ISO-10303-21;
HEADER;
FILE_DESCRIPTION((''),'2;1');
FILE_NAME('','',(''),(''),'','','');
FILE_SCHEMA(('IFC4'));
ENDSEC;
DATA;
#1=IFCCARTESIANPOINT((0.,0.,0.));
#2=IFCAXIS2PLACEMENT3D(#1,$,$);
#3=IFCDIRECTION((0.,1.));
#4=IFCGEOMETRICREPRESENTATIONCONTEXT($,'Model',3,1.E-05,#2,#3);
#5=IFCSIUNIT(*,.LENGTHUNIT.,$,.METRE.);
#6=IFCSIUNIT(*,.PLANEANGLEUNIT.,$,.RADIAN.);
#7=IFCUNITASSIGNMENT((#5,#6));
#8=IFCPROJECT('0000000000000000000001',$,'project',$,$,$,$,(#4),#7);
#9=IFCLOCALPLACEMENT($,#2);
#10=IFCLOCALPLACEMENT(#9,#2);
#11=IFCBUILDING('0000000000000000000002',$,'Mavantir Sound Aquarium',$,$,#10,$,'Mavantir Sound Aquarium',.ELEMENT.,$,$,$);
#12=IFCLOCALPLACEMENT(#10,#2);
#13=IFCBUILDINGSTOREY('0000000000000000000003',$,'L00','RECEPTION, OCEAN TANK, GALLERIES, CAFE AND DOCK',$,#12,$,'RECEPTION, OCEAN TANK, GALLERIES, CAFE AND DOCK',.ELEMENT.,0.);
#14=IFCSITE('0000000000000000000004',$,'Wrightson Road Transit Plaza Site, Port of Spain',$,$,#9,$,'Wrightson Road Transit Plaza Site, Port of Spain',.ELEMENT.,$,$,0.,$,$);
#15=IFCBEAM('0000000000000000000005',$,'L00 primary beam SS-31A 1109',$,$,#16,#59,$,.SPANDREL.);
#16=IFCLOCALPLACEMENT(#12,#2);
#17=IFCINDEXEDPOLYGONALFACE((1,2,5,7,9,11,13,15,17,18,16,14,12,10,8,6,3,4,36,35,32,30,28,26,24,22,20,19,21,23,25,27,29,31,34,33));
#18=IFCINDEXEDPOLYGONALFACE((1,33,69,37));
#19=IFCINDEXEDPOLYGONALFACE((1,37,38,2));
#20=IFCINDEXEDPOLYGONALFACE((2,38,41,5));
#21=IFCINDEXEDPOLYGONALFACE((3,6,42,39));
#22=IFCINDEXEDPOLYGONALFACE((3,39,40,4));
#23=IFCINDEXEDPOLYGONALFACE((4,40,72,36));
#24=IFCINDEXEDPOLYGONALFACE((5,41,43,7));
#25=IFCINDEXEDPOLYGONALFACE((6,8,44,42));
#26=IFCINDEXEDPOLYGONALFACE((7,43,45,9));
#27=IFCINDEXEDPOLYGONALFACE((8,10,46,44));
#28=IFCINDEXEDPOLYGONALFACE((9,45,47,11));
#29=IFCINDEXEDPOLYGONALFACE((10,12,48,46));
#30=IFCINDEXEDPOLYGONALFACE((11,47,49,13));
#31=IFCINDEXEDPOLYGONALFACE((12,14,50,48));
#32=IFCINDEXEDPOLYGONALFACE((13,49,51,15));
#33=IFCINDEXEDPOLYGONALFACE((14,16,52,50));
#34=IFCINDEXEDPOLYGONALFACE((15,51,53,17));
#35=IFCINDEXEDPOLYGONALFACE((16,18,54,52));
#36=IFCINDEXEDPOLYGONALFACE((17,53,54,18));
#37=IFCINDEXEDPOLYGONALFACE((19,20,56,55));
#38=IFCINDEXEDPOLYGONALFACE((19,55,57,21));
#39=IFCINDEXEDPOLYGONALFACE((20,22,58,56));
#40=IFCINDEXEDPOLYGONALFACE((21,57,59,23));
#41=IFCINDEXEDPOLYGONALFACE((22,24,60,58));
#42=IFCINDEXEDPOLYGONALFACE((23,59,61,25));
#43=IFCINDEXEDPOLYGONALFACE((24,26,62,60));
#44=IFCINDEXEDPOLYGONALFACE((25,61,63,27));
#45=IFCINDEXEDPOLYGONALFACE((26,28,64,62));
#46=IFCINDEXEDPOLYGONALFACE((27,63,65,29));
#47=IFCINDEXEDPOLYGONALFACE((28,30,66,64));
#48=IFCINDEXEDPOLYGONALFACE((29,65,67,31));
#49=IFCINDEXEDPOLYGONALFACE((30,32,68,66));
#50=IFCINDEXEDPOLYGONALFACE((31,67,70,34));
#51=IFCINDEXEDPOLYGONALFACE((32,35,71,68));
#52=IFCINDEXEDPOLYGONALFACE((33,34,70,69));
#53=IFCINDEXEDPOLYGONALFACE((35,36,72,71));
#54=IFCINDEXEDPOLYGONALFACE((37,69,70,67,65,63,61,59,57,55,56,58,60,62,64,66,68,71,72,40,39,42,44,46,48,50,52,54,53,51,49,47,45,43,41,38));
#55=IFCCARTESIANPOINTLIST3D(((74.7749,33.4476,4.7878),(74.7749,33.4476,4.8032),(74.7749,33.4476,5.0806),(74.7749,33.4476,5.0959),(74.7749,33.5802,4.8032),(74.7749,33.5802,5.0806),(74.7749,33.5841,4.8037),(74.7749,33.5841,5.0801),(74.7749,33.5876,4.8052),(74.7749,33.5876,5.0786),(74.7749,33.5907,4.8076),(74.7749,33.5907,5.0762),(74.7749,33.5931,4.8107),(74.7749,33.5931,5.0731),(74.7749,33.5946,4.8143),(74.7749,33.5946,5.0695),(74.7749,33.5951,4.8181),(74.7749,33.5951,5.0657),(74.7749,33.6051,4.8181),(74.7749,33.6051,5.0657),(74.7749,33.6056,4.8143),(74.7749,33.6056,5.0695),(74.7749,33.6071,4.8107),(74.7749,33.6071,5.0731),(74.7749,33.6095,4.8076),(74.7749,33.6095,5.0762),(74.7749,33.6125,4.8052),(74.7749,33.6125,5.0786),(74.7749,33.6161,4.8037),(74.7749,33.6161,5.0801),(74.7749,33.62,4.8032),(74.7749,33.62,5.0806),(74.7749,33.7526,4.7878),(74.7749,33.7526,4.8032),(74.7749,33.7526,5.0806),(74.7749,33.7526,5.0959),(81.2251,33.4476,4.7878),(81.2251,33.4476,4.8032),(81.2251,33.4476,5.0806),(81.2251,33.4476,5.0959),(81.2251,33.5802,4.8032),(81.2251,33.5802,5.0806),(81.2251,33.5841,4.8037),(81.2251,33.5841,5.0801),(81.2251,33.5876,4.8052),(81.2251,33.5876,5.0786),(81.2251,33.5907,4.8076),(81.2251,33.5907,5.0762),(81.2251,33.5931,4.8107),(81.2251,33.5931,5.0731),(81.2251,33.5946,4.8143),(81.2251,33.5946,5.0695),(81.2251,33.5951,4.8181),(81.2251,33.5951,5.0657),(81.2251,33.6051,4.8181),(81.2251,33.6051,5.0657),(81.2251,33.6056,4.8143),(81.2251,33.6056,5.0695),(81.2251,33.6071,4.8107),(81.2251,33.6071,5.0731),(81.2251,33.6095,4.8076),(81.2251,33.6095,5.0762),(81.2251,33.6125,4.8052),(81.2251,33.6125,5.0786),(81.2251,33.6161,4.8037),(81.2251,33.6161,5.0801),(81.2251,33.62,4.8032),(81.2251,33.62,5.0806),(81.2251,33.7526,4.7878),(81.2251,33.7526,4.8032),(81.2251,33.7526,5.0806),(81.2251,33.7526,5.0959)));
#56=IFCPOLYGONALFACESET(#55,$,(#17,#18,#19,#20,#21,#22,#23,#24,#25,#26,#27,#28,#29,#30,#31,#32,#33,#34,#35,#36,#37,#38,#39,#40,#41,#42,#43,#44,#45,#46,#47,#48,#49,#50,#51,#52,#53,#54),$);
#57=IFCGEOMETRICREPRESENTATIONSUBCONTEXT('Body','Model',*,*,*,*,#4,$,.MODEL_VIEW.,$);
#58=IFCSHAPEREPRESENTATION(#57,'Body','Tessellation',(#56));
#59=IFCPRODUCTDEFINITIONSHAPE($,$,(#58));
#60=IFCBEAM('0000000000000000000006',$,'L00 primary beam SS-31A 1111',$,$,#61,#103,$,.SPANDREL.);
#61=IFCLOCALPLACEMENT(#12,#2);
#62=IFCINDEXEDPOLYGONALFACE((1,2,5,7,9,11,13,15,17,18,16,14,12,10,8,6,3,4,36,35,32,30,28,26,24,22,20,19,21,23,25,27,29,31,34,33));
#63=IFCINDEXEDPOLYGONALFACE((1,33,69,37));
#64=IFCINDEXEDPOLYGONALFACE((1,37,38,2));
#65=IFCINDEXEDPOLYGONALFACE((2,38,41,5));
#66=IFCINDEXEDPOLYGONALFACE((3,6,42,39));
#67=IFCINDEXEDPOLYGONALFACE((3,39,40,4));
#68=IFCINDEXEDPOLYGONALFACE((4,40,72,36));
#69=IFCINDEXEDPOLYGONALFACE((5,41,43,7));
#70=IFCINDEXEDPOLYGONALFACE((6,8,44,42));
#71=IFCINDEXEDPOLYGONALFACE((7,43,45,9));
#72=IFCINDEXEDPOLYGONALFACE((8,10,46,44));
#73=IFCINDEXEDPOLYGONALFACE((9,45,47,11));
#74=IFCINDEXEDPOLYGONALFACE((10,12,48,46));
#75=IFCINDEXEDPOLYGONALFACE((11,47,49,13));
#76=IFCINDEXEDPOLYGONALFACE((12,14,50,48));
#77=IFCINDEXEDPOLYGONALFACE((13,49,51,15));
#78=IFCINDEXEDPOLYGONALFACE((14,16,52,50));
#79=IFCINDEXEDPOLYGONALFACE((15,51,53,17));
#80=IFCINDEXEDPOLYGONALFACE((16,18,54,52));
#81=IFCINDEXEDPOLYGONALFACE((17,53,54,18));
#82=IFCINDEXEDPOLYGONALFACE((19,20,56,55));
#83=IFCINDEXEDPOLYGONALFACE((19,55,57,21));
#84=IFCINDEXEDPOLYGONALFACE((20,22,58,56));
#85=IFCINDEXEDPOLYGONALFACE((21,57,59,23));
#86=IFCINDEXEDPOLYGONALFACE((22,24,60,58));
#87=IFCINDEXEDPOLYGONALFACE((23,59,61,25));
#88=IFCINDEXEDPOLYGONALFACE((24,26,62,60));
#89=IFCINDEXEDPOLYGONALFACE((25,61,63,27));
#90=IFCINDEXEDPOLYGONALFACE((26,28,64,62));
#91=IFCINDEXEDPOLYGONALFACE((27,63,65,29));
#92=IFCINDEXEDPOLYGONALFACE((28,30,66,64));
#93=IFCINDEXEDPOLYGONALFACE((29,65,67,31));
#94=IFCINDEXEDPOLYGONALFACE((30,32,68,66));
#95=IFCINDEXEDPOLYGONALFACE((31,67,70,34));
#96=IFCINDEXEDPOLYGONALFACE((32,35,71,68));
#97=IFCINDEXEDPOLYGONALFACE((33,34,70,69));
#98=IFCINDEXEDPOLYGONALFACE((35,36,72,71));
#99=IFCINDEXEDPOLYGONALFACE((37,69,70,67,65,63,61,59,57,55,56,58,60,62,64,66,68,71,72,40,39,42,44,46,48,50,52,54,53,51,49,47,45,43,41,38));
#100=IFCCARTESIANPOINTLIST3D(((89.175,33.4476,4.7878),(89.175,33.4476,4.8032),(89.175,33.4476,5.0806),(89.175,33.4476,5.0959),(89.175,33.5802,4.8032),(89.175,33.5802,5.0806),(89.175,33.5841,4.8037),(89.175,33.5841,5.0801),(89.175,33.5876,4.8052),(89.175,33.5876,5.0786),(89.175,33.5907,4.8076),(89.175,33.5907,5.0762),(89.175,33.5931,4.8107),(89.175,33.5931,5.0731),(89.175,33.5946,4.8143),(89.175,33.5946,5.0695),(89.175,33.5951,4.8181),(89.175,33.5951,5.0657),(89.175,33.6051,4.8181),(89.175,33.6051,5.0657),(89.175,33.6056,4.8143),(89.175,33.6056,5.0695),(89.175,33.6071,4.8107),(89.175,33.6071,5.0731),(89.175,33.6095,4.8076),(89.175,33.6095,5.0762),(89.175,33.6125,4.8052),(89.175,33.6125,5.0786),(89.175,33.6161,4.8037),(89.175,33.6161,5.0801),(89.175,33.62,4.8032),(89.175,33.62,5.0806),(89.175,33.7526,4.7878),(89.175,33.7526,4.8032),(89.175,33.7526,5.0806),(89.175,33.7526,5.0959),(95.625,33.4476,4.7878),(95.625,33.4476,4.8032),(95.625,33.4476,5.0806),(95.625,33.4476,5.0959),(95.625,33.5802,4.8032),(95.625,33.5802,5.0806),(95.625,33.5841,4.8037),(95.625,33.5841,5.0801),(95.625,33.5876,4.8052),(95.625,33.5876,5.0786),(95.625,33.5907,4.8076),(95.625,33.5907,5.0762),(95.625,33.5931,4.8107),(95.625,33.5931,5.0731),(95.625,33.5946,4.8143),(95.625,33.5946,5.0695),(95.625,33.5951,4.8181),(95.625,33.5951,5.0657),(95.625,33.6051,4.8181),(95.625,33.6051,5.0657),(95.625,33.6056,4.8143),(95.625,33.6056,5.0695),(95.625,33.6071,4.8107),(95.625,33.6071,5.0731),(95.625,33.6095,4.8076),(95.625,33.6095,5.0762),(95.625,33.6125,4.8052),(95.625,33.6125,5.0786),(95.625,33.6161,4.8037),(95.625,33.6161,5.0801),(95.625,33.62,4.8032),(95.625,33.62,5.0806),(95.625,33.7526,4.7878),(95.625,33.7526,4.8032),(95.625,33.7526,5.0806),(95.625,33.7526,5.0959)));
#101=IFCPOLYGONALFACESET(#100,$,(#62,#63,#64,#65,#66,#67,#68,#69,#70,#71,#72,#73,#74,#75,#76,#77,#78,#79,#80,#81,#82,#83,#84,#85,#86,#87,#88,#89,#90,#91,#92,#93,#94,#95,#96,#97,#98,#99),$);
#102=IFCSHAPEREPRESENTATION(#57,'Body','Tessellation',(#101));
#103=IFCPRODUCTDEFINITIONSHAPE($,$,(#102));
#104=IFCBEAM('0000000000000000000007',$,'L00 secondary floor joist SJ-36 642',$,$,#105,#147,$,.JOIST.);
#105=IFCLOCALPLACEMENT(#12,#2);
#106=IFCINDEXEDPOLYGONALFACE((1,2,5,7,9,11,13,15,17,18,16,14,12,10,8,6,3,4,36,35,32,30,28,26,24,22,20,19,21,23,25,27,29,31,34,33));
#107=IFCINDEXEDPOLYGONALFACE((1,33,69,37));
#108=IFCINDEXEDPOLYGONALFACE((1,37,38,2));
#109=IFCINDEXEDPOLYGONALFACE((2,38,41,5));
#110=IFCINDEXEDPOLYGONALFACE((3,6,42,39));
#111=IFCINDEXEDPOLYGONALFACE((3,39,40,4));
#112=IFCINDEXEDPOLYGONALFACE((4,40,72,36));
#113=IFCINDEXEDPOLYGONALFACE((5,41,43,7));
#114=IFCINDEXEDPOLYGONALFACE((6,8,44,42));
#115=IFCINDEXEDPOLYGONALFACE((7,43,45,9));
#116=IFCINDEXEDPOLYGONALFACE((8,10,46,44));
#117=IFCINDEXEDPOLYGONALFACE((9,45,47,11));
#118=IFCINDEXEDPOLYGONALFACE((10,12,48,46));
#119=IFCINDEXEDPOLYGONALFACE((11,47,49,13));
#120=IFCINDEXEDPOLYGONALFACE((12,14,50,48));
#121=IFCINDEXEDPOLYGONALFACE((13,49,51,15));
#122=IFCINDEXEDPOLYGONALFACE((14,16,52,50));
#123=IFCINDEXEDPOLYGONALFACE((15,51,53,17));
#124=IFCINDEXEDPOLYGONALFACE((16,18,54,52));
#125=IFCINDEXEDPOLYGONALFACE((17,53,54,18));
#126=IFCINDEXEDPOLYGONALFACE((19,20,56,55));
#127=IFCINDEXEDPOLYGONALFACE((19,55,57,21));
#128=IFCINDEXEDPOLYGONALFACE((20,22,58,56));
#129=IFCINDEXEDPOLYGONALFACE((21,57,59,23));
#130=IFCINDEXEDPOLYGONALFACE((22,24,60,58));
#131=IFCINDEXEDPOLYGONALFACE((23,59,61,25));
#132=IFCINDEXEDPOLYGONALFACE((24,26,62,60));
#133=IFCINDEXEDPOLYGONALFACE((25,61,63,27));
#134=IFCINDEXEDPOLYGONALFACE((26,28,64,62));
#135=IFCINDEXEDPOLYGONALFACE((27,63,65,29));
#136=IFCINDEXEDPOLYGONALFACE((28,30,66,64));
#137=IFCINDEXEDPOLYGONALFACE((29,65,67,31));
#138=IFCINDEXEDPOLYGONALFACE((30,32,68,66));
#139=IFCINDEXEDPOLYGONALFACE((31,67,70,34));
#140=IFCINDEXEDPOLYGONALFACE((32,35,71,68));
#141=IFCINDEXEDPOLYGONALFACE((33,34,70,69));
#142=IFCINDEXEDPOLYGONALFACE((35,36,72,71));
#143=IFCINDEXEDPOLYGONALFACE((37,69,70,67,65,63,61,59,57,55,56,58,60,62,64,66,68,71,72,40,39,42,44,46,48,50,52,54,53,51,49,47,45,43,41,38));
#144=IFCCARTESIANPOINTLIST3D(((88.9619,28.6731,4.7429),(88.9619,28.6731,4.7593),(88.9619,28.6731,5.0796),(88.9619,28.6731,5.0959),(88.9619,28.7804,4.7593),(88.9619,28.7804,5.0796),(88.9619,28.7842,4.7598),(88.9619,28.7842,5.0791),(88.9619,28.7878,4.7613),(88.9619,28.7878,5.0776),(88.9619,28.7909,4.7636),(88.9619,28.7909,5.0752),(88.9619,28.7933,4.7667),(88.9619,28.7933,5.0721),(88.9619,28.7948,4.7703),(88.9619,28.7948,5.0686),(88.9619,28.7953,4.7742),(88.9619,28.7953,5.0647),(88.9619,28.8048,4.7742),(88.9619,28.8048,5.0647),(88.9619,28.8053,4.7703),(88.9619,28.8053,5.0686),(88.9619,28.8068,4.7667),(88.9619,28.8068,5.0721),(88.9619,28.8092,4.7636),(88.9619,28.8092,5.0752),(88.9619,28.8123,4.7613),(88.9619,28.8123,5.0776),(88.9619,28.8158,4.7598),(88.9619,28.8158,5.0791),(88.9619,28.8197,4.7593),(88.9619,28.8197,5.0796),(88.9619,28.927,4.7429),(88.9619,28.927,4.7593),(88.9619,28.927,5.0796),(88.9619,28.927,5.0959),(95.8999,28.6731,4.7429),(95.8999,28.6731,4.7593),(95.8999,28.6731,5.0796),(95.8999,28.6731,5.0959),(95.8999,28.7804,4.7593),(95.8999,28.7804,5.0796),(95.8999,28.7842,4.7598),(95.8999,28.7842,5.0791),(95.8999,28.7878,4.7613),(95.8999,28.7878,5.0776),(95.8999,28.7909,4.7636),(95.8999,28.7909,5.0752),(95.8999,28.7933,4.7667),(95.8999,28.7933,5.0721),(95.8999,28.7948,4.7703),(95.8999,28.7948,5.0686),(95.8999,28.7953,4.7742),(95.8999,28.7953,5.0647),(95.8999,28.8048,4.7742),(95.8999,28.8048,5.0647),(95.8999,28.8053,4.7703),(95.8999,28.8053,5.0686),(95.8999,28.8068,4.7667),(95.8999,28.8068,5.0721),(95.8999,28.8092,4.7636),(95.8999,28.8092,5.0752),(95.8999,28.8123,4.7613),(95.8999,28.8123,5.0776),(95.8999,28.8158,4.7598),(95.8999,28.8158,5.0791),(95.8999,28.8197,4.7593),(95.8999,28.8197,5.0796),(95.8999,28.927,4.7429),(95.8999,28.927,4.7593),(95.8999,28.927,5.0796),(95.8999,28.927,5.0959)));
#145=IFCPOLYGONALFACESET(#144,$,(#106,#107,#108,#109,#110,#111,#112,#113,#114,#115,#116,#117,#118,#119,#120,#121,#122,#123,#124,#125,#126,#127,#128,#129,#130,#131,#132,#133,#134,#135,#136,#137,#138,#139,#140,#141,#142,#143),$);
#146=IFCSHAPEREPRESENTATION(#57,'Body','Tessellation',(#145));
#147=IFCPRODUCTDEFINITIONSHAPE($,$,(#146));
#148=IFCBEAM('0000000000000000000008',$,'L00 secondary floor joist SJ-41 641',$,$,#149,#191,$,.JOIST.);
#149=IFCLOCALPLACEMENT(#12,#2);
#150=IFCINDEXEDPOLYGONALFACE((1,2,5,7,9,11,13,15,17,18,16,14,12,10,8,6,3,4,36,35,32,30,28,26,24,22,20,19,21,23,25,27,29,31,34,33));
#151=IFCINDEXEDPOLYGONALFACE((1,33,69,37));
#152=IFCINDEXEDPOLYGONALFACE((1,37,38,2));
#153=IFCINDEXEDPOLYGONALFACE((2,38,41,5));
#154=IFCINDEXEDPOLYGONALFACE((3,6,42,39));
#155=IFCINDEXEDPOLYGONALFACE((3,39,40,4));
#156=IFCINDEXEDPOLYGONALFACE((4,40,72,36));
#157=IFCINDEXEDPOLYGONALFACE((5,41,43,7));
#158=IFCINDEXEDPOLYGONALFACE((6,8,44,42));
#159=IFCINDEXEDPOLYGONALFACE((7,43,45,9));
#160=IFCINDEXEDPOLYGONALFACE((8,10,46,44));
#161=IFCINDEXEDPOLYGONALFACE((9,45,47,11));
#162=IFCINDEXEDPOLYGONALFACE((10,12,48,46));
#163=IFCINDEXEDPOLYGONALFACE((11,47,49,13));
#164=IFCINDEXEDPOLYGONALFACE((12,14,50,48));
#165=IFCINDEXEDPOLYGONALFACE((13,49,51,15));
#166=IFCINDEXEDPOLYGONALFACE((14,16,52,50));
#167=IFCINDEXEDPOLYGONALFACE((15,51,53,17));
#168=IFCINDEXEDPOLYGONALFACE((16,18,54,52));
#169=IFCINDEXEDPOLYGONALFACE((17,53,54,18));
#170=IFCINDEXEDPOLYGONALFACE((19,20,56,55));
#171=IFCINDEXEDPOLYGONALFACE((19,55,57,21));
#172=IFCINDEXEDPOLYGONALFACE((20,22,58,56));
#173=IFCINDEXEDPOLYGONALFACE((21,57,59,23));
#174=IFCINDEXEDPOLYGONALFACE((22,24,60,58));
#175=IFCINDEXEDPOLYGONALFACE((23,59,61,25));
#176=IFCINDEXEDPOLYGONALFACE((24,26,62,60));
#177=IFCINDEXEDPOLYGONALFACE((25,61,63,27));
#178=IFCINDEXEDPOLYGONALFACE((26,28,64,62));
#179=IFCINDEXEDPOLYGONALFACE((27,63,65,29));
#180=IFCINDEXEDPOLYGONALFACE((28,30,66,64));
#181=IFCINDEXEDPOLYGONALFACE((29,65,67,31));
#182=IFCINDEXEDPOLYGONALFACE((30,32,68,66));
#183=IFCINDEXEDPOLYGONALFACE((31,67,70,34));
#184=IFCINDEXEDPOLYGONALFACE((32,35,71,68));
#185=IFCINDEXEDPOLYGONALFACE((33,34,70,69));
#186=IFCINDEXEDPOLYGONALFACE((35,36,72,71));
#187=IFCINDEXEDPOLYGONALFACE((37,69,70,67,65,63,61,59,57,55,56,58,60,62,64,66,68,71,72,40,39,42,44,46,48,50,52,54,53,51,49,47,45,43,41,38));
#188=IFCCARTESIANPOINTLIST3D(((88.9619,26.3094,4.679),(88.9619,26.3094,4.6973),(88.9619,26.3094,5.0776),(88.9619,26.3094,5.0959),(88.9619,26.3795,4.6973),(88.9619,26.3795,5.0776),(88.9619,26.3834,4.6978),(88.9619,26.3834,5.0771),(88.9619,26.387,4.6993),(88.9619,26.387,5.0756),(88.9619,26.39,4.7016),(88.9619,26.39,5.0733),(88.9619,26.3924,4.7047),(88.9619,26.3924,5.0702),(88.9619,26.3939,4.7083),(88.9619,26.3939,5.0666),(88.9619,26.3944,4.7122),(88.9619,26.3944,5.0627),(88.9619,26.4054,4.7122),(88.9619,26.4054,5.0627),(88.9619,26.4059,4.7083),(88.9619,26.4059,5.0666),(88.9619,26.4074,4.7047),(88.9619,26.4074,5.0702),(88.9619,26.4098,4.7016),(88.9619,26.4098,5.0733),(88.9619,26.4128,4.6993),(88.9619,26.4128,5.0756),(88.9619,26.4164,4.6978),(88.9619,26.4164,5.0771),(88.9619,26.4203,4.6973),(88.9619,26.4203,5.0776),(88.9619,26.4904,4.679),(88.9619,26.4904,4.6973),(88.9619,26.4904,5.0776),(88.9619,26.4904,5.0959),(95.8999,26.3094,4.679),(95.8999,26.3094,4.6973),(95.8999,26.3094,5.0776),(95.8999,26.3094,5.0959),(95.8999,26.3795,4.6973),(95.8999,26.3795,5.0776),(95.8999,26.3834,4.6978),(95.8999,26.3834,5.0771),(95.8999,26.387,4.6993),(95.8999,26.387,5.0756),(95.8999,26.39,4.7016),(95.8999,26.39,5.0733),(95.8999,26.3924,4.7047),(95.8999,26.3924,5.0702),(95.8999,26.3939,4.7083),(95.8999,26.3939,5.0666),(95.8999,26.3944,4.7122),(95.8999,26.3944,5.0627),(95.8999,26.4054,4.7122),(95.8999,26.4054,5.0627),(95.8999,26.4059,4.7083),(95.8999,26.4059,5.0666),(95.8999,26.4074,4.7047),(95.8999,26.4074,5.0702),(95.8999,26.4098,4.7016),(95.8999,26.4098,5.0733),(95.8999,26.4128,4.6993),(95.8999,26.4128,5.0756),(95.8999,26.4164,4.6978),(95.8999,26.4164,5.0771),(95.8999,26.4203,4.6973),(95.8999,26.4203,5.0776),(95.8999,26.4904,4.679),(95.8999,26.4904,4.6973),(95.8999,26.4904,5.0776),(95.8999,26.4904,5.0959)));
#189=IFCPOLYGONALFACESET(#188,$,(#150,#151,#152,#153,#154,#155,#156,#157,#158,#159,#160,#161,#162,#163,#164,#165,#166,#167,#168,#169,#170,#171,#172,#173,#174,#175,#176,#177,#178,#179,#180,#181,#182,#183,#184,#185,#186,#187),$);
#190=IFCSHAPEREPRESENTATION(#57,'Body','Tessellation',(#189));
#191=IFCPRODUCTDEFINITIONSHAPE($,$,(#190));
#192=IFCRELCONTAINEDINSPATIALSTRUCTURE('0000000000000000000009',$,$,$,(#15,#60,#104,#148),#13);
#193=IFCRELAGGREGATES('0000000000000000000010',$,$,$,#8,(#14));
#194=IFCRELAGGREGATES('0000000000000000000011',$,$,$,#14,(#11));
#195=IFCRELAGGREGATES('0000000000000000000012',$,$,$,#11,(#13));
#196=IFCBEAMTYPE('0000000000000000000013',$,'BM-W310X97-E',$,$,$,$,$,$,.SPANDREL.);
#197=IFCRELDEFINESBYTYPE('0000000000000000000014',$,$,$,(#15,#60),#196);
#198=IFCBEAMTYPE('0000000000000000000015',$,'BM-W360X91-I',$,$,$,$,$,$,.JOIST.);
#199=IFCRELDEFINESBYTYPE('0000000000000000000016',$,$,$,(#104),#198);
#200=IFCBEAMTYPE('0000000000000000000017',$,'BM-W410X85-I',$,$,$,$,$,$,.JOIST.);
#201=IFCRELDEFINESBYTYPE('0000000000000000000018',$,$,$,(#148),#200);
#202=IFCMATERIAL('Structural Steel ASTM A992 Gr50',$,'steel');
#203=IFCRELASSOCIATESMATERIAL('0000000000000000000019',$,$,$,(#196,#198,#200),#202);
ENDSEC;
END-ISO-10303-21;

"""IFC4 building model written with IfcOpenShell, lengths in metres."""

from ifc_helpers import new_model, si_unit, direction, frame, origin, origin_2d, place, context, subcontext, project, spatial, i_section, extrude, material, material_profile, profile_set, type_object, element, save


model = new_model("IFC4")

# Units and contexts
model_context = context("Model", 3, precision=1e-05, world=origin(), true_north=direction((0.0, 1.0)))
body_context = subcontext(model_context, "Body", "Model", "MODEL_VIEW")
ifc_project = project(units=[si_unit("LENGTHUNIT", "METRE"), si_unit("PLANEANGLEUNIT", "RADIAN")], contexts=[model_context])

# Site, building, storey
site_placement = place(None, origin())
site = spatial("IfcSite", under=ifc_project, at=site_placement, Name="Wrightson Road Transit Plaza Site, Port of Spain", LongName="Wrightson Road Transit Plaza Site, Port of Spain", CompositionType="ELEMENT", RefElevation=0.0)
building_placement = place(site_placement, origin())
building = spatial("IfcBuilding", under=site, at=building_placement, Name="Mavantir Sound Aquarium", LongName="Mavantir Sound Aquarium", CompositionType="ELEMENT")
storey_placement = place(building_placement, origin())
storey = spatial("IfcBuildingStorey", under=building, at=storey_placement, Name="L00", Description="RECEPTION, OCEAN TANK, GALLERIES, CAFE AND DOCK", LongName="RECEPTION, OCEAN TANK, GALLERIES, CAFE AND DOCK", CompositionType="ELEMENT", Elevation=0.0)

# Shared definitions
ifc_material_1 = material(Name="Structural Steel ASTM A992 Gr50", Category="steel")

# Beams
ifc_material_profile_1 = material_profile(ifc_material_1, i_section(OverallWidth=0.3049, OverallDepth=0.3081, WebThickness=0.01, FlangeThickness=0.0154, FilletRadius=0.0149, at=origin_2d()), Name="W310X97")
ifc_profile_set_1 = profile_set([ifc_material_profile_1], Name="Structural Steel ASTM A992 Gr50")
beam_type_1 = type_object("IfcBeamType", Name="BM-W310X97-E", PredefinedType="SPANDREL", material=ifc_profile_set_1)
beam_1_placement = place(storey_placement, frame((74.7749, 33.6001, 4.9419), z_axis=(1.0, 0.0, 0.0), x_axis=(0.0, 1.0, 0.0)))
element("IfcBeam", 1, at=beam_1_placement, inside=storey, type_object=beam_type_1, Name="L00 primary beam SS-31A 1109", PredefinedType="SPANDREL", context=body_context, shape_type="SweptSolid", body=[
    extrude(i_section(OverallWidth=0.3049, OverallDepth=0.3081, WebThickness=0.01, FlangeThickness=0.0154, FilletRadius=0.0149, at=origin_2d()), origin(), (0.0, 0.0, 1.0), 6.4502),
])
beam_2_placement = place(storey_placement, frame((89.175, 33.6001, 4.9419), z_axis=(1.0, 0.0, 0.0), x_axis=(0.0, 1.0, 0.0)))
element("IfcBeam", 2, at=beam_2_placement, inside=storey, type_object=beam_type_1, Name="L00 primary beam SS-31A 1111", PredefinedType="SPANDREL", context=body_context, shape_type="SweptSolid", body=[
    extrude(i_section(OverallWidth=0.3049, OverallDepth=0.3081, WebThickness=0.01, FlangeThickness=0.0154, FilletRadius=0.0149, at=origin_2d()), origin(), (0.0, 0.0, 1.0), 6.45),
])
ifc_material_profile_2 = material_profile(ifc_material_1, i_section(OverallWidth=0.2539, OverallDepth=0.353, WebThickness=0.0095, FlangeThickness=0.0164, FilletRadius=0.0149, at=origin_2d()), Name="W360X91")
ifc_profile_set_2 = profile_set([ifc_material_profile_2], Name="Structural Steel ASTM A992 Gr50")
beam_type_2 = type_object("IfcBeamType", Name="BM-W360X91-I", PredefinedType="JOIST", material=ifc_profile_set_2)
beam_3_placement = place(storey_placement, frame((88.9619, 28.8, 4.9194), z_axis=(1.0, 0.0, 0.0), x_axis=(0.0, 1.0, 0.0)))
element("IfcBeam", 3, at=beam_3_placement, inside=storey, type_object=beam_type_2, Name="L00 secondary floor joist SJ-36 642", PredefinedType="JOIST", context=body_context, shape_type="SweptSolid", body=[
    extrude(i_section(OverallWidth=0.2539, OverallDepth=0.353, WebThickness=0.0095, FlangeThickness=0.0164, FilletRadius=0.0149, at=origin_2d()), origin(), (0.0, 0.0, 1.0), 6.938),
])
ifc_material_profile_3 = material_profile(ifc_material_1, i_section(OverallWidth=0.1809, OverallDepth=0.417, WebThickness=0.011, FlangeThickness=0.0183, FilletRadius=0.0149, at=origin_2d()), Name="W410X85")
ifc_profile_set_3 = profile_set([ifc_material_profile_3], Name="Structural Steel ASTM A992 Gr50")
beam_type_3 = type_object("IfcBeamType", Name="BM-W410X85-I", PredefinedType="JOIST", material=ifc_profile_set_3)
beam_4_placement = place(storey_placement, frame((88.9619, 26.3999, 4.8875), z_axis=(1.0, 0.0, 0.0), x_axis=(0.0, 1.0, 0.0)))
element("IfcBeam", 4, at=beam_4_placement, inside=storey, type_object=beam_type_3, Name="L00 secondary floor joist SJ-41 641", PredefinedType="JOIST", context=body_context, shape_type="SweptSolid", body=[
    extrude(i_section(OverallWidth=0.1809, OverallDepth=0.417, WebThickness=0.011, FlangeThickness=0.0183, FilletRadius=0.0149, at=origin_2d()), origin(), (0.0, 0.0, 1.0), 6.938),
])

save(model, "model.ifc")
